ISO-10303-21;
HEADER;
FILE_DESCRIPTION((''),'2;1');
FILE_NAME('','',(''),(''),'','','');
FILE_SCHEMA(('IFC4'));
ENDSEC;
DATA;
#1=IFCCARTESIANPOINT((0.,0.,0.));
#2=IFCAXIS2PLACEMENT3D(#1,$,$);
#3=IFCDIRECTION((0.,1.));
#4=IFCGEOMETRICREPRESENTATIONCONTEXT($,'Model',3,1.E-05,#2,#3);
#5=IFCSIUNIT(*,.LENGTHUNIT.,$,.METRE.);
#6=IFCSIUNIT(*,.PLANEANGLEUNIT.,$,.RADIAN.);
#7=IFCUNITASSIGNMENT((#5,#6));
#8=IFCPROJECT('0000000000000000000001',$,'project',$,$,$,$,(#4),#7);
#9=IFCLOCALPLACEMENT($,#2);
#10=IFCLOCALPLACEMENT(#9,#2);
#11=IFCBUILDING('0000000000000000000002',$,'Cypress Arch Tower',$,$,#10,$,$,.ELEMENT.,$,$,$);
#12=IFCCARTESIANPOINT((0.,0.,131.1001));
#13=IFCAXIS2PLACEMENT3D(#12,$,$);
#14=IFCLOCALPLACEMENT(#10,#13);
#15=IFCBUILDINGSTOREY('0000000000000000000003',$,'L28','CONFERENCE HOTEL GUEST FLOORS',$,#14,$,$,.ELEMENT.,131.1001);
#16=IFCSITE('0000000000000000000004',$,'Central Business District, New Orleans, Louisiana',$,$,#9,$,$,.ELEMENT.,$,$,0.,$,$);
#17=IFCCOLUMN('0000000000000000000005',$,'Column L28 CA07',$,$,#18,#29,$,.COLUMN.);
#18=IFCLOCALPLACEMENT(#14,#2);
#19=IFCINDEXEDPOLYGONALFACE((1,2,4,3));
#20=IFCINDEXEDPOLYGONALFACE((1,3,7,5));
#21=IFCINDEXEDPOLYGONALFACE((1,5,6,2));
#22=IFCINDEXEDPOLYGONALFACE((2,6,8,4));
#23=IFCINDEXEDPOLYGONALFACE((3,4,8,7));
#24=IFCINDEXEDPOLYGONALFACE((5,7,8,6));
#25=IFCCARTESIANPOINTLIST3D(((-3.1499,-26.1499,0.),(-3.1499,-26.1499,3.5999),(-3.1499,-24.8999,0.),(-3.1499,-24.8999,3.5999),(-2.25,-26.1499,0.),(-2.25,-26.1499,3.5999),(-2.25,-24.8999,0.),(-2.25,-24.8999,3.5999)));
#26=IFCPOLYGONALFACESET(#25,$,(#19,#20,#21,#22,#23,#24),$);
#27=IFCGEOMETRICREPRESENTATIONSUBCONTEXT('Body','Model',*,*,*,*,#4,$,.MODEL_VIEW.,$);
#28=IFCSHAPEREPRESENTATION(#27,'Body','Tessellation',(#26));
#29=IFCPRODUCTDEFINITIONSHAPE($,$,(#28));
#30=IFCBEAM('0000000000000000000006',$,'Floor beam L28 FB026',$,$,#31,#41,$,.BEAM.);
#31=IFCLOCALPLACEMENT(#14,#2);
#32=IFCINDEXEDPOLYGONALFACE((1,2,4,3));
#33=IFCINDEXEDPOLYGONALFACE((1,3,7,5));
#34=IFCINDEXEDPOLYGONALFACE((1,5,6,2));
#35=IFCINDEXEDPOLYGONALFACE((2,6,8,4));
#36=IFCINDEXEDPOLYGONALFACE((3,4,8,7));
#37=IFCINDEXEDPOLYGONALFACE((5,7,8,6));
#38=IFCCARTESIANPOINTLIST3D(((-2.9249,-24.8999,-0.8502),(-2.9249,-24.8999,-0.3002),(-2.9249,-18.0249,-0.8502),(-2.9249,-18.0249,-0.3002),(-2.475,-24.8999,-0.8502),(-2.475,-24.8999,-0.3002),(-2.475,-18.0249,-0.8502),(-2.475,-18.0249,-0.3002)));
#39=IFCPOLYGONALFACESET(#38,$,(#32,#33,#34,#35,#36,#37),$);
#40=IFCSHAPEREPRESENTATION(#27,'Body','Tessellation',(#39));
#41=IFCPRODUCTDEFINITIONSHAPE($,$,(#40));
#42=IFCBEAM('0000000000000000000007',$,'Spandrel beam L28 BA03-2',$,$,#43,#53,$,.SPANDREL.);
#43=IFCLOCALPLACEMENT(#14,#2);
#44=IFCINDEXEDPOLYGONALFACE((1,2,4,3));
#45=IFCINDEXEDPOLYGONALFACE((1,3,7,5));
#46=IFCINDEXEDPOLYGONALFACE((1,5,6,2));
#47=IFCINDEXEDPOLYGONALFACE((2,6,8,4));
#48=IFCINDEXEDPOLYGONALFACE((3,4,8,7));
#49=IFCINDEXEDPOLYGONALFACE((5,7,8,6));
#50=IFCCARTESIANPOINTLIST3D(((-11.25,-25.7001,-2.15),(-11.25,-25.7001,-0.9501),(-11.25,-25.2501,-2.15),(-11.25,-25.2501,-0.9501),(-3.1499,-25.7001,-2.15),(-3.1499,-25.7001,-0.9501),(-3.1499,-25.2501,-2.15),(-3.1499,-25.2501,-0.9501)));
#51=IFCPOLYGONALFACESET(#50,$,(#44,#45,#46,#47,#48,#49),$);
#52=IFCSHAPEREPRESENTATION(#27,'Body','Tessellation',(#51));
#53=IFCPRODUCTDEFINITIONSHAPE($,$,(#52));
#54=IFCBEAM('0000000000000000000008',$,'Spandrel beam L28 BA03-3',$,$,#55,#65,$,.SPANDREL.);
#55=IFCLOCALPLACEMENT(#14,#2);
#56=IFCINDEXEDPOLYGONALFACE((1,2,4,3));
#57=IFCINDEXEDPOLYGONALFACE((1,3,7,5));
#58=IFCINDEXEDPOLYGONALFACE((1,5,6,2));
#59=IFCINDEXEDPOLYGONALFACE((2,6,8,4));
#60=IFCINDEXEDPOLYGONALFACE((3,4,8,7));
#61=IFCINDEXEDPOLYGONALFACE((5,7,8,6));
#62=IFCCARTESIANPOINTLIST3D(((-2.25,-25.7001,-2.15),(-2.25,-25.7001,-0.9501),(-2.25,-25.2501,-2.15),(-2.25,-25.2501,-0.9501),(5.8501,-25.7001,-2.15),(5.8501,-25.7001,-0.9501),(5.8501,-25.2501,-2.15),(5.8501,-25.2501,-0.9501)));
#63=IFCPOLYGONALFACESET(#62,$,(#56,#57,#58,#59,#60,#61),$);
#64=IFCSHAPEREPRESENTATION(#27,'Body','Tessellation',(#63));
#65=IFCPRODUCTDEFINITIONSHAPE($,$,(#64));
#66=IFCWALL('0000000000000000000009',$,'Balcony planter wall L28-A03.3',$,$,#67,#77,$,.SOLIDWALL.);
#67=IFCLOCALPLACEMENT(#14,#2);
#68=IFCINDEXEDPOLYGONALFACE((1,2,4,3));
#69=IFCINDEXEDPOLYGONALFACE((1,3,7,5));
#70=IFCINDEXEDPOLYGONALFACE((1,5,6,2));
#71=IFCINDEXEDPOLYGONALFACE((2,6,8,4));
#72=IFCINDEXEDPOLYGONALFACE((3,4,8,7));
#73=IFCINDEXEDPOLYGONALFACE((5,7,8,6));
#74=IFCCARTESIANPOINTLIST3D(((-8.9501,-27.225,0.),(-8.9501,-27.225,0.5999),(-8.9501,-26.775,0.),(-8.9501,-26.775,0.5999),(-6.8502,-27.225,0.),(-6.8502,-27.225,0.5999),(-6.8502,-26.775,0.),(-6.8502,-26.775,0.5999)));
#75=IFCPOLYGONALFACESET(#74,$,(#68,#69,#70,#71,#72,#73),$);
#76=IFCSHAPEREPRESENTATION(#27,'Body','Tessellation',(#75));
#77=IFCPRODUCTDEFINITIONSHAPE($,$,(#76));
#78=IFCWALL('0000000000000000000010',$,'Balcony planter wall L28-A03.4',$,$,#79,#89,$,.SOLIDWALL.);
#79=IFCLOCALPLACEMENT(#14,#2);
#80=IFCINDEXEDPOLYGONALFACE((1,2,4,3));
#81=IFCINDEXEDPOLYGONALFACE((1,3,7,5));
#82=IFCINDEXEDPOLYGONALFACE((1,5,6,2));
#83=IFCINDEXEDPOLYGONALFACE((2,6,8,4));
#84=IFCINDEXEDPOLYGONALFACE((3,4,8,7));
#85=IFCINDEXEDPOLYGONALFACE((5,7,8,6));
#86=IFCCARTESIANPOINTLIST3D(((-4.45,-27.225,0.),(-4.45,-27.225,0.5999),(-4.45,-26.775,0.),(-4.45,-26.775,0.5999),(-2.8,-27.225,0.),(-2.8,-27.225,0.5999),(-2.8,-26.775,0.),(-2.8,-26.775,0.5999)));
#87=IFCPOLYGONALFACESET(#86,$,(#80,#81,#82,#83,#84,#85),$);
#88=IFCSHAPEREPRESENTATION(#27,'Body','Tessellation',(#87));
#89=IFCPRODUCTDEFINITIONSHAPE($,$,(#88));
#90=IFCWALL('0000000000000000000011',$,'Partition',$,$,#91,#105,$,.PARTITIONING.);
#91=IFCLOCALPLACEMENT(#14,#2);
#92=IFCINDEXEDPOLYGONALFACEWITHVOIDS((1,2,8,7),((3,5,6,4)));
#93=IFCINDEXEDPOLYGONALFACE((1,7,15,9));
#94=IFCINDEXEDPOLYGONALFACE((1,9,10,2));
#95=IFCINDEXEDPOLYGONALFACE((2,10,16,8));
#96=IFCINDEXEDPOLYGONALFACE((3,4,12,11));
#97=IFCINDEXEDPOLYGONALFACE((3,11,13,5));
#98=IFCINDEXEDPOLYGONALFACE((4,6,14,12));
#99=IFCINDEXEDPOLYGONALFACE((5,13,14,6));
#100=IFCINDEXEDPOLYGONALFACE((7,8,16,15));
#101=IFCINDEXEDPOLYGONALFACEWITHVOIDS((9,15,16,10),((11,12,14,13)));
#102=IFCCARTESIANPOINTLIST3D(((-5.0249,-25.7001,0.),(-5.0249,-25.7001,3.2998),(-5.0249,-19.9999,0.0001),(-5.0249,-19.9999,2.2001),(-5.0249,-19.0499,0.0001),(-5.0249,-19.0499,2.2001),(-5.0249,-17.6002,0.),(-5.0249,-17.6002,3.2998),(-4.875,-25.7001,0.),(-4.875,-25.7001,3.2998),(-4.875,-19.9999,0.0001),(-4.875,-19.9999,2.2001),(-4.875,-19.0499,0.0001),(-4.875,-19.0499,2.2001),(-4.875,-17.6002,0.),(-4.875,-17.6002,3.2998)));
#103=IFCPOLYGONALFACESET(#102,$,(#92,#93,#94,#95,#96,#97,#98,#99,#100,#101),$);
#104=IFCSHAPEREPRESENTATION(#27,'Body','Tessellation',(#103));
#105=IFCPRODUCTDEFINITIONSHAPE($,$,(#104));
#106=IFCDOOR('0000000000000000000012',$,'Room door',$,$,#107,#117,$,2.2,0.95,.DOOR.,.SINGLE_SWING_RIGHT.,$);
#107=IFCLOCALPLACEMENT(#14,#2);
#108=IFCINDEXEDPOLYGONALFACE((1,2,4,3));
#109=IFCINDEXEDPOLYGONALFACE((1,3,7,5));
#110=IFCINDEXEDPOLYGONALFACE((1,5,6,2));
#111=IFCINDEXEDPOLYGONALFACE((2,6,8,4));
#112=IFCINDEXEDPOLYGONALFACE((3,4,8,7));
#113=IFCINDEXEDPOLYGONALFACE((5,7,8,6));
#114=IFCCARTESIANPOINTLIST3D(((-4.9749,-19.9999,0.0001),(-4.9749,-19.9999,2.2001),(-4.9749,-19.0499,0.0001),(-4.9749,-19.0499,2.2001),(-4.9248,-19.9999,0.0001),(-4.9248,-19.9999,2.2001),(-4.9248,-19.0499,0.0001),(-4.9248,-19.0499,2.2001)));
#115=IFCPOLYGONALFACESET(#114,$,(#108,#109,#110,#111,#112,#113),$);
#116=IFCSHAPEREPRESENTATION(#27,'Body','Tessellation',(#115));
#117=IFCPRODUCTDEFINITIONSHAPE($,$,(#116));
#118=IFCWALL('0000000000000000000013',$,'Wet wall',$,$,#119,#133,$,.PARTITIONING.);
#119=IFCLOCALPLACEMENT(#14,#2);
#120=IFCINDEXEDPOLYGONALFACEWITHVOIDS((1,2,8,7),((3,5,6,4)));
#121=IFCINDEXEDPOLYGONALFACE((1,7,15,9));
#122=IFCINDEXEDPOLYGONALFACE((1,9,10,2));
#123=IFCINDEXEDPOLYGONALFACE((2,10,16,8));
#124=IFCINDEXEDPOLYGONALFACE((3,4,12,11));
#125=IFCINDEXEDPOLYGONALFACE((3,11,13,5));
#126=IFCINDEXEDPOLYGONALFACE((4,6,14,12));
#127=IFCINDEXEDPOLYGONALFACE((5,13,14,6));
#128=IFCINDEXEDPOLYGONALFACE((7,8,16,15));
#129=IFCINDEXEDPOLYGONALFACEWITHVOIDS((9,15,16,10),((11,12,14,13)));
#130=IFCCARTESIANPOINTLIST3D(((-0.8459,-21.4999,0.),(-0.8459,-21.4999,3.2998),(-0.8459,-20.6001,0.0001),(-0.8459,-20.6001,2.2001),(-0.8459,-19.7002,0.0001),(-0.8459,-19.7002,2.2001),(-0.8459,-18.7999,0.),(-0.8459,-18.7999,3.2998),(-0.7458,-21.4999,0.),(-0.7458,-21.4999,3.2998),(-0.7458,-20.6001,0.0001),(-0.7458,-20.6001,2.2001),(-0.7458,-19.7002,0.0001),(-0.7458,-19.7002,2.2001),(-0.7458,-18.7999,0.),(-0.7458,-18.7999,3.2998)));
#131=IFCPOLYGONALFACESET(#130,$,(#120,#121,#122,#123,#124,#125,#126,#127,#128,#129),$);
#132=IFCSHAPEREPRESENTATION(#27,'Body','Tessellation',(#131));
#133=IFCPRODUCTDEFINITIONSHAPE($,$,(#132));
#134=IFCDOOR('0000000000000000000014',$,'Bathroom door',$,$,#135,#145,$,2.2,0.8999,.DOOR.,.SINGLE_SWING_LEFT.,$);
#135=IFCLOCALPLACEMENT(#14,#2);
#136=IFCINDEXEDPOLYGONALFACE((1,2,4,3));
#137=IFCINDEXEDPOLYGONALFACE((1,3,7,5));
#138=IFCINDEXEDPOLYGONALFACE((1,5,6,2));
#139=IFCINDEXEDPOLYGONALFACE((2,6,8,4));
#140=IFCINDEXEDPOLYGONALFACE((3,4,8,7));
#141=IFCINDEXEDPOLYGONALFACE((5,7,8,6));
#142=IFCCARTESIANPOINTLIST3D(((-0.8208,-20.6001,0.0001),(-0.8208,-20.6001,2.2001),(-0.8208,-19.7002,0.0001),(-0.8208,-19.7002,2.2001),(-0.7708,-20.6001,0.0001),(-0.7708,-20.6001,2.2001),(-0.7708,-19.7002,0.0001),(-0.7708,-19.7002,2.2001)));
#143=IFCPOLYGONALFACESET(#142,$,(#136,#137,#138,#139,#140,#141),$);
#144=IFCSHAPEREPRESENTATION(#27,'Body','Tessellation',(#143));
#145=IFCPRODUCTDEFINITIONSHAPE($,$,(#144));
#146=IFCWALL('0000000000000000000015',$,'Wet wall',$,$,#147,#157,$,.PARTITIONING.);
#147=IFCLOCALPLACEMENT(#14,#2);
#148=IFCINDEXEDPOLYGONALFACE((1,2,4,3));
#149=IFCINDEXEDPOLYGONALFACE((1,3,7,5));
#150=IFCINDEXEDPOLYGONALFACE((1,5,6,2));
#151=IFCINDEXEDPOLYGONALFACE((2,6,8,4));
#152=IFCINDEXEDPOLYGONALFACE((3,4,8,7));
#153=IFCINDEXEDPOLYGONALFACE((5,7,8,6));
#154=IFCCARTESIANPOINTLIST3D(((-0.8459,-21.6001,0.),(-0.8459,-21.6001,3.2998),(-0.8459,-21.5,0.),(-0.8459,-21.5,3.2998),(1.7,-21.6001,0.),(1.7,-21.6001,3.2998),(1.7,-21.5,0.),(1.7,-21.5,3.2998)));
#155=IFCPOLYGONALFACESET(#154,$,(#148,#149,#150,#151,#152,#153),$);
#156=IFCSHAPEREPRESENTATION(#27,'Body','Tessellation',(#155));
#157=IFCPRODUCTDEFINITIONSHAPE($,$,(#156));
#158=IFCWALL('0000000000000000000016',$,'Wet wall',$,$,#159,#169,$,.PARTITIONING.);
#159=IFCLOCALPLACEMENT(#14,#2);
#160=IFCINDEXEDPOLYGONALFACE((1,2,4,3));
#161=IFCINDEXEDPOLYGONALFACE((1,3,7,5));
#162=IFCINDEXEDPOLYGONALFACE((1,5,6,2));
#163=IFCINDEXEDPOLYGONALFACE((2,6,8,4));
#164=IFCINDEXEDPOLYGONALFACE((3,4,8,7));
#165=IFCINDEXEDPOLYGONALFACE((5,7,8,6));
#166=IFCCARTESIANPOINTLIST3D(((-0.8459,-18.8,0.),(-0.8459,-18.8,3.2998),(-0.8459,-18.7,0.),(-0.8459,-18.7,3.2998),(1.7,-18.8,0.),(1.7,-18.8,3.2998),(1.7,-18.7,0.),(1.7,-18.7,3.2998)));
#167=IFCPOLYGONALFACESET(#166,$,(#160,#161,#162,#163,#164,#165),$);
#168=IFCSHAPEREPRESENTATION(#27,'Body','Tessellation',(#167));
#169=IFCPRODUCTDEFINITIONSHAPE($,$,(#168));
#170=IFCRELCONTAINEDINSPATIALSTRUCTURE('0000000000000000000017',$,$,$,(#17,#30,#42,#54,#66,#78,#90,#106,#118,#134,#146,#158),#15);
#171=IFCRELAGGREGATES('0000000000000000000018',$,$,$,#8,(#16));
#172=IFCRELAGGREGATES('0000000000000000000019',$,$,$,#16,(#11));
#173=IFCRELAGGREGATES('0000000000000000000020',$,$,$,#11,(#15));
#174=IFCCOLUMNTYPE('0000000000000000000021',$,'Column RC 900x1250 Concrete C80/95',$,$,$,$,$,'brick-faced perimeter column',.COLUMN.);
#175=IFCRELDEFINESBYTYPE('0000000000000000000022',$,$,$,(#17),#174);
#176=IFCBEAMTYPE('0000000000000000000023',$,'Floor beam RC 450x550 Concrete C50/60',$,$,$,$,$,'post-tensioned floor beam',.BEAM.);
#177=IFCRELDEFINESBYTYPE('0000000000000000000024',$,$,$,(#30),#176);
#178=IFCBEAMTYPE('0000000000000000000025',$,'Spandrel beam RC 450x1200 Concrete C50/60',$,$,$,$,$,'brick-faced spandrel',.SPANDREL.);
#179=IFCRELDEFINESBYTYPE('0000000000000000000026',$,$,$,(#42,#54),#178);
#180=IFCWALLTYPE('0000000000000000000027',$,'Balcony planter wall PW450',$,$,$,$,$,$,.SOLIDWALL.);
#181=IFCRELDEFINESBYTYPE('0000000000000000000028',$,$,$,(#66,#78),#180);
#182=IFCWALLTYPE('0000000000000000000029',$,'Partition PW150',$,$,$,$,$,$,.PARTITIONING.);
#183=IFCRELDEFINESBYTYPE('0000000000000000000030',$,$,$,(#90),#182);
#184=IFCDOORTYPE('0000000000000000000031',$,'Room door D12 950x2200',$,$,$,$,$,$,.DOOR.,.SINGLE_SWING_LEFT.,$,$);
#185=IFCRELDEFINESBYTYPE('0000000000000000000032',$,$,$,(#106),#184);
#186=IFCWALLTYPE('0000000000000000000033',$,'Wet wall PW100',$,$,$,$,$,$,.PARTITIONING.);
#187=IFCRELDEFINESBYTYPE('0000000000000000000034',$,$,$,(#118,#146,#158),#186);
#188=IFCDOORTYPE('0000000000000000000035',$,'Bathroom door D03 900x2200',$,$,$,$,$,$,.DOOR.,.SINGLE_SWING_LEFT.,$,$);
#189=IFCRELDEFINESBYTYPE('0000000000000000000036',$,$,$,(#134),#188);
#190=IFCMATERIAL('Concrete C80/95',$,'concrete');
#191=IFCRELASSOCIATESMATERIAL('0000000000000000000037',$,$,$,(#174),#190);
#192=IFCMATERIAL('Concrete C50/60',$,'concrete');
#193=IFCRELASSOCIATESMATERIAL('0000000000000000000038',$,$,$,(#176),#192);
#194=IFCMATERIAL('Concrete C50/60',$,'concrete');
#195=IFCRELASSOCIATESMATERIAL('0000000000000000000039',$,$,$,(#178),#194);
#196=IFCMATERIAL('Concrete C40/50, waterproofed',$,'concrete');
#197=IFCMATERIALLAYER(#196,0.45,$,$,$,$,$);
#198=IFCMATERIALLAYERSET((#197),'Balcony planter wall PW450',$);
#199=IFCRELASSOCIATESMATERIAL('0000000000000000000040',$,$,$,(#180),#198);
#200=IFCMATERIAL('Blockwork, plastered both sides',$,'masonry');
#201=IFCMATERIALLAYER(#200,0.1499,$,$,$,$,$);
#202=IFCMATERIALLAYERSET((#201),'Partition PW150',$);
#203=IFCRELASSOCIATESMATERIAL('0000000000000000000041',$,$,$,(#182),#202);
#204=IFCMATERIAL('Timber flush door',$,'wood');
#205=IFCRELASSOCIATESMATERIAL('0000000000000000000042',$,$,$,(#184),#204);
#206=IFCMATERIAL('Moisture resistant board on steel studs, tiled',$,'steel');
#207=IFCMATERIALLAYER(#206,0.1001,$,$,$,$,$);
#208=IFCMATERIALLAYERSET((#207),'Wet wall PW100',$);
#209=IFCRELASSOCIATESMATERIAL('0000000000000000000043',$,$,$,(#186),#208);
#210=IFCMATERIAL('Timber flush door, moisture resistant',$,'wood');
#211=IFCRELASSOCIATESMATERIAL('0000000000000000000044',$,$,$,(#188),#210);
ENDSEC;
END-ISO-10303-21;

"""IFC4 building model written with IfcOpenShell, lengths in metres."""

from ifc_helpers import new_model, si_unit, direction, frame, frame_2d, origin, origin_2d, place, context, subcontext, project, spatial, rectangle, extrude, material, layer, layer_set, material_profile, profile_set, type_object, element, fill, save


model = new_model("IFC4")

# Units and contexts
model_context = context("Model", 3, precision=1e-05, world=origin(), true_north=direction((0.0, 1.0)))
body_context = subcontext(model_context, "Body", "Model", "MODEL_VIEW")
ifc_project = project(units=[si_unit("LENGTHUNIT", "METRE"), si_unit("PLANEANGLEUNIT", "RADIAN")], contexts=[model_context])

# Site, building, storey
site_placement = place(None, origin())
site = spatial("IfcSite", under=ifc_project, at=site_placement, Name="Central Business District, New Orleans, Louisiana", CompositionType="ELEMENT", RefElevation=0.0)
building_placement = place(site_placement, origin())
building = spatial("IfcBuilding", under=site, at=building_placement, Name="Cypress Arch Tower", CompositionType="ELEMENT")
storey_placement = place(building_placement, frame((0.0, 0.0, 131.1001)))
storey = spatial("IfcBuildingStorey", under=building, at=storey_placement, Name="L28", Description="CONFERENCE HOTEL GUEST FLOORS", CompositionType="ELEMENT", Elevation=131.1001)

# Column
ifc_material_1 = material(Name="Concrete C80/95", Category="concrete")
ifc_material_profile_1 = material_profile(ifc_material_1, rectangle(XDim=0.8999, YDim=1.25, at=origin_2d()), Name="RC 900x1250")
ifc_profile_set_1 = profile_set([ifc_material_profile_1], Name="Concrete C80/95")
column_type = type_object("IfcColumnType", Name="Column RC 900x1250 Concrete C80/95", ElementType="brick-faced perimeter column", PredefinedType="COLUMN", material=ifc_profile_set_1)
column_placement = place(storey_placement, frame((-2.7, -25.5249, 0.0), z_axis=(0.0, 0.0, 1.0), x_axis=(1.0, 0.0, 0.0)))
element("IfcColumn", 1, at=column_placement, inside=storey, type_object=column_type, Name="Column L28 CA07", PredefinedType="COLUMN", context=body_context, shape_type="SweptSolid", body=[
    extrude(rectangle(XDim=0.8999, YDim=1.25, at=origin_2d()), origin(), (0.0, 0.0, 1.0), 3.5999),
])

# Beams
ifc_material_2 = material(Name="Concrete C50/60", Category="concrete")
ifc_material_profile_2 = material_profile(ifc_material_2, rectangle(XDim=0.45, YDim=0.55, at=origin_2d()), Name="RC 450x550")
ifc_profile_set_2 = profile_set([ifc_material_profile_2], Name="Concrete C50/60")
beam_type_1 = type_object("IfcBeamType", Name="Floor beam RC 450x550 Concrete C50/60", ElementType="post-tensioned floor beam", PredefinedType="BEAM", material=ifc_profile_set_2)
beam_placement = place(storey_placement, frame((-2.7, -24.8999, -0.5752), z_axis=(0.0, 1.0, 0.0), x_axis=(-1.0, 0.0, 0.0)))
element("IfcBeam", 2, at=beam_placement, inside=storey, type_object=beam_type_1, Name="Floor beam L28 FB026", PredefinedType="BEAM", context=body_context, shape_type="SweptSolid", body=[
    extrude(rectangle(XDim=0.45, YDim=0.55, at=origin_2d()), origin(), (0.0, 0.0, 1.0), 6.875),
])
ifc_material_3 = material(Name="Concrete C50/60", Category="concrete")
ifc_material_profile_3 = material_profile(ifc_material_3, rectangle(XDim=0.45, YDim=1.2, at=origin_2d()), Name="RC 450x1200")
ifc_profile_set_3 = profile_set([ifc_material_profile_3], Name="Concrete C50/60")
beam_type_2 = type_object("IfcBeamType", Name="Spandrel beam RC 450x1200 Concrete C50/60", ElementType="brick-faced spandrel", PredefinedType="SPANDREL", material=ifc_profile_set_3)
for number, where, z_axis, x_axis, name in (
    (3, (-11.25, -25.4751, -1.55), (1.0, 0.0, 0.0), (0.0, 1.0, 0.0), "Spandrel beam L28 BA03-2"),
    (4, (-2.25, -25.4751, -1.55), (1.0, 0.0, 0.0), (0.0, 1.0, 0.0), "Spandrel beam L28 BA03-3"),
):
    element("IfcBeam", number, at=place(storey_placement, frame(where, z_axis=z_axis, x_axis=x_axis)), inside=storey, type_object=beam_type_2, Name=name, PredefinedType="SPANDREL", context=body_context, shape_type="SweptSolid", body=[
        extrude(rectangle(XDim=0.45, YDim=1.2, at=origin_2d()), origin(), (0.0, 0.0, 1.0), 8.1001),
    ])

# Walls
ifc_material_4 = material(Name="Concrete C40/50, waterproofed", Category="concrete")
ifc_layer_1 = layer(ifc_material_4, 0.45)
ifc_layer_set_1 = layer_set([ifc_layer_1], Name="Balcony planter wall PW450")
wall_type_1 = type_object("IfcWallType", Name="Balcony planter wall PW450", PredefinedType="SOLIDWALL", material=ifc_layer_set_1)
wall_1_placement = place(storey_placement, frame((-8.95, -27.0, 0.0), z_axis=(0.0, 0.0, 1.0), x_axis=(1.0, 0.0, 0.0)))
element("IfcWall", 5, at=wall_1_placement, inside=storey, type_object=wall_type_1, Name="Balcony planter wall L28-A03.3", PredefinedType="SOLIDWALL", context=body_context, shape_type="SweptSolid", body=[
    extrude(rectangle(XDim=2.0999, YDim=0.45, at=frame_2d((1.0498, 0.0))), origin(), (0.0, 0.0, 1.0), 0.5999),
])
wall_2_placement = place(storey_placement, frame((-4.45, -27.0, 0.0), z_axis=(0.0, 0.0, 1.0), x_axis=(1.0, 0.0, 0.0)))
element("IfcWall", 6, at=wall_2_placement, inside=storey, type_object=wall_type_1, Name="Balcony planter wall L28-A03.4", PredefinedType="SOLIDWALL", context=body_context, shape_type="SweptSolid", body=[
    extrude(rectangle(XDim=1.6499, YDim=0.45, at=frame_2d((0.825, 0.0))), origin(), (0.0, 0.0, 1.0), 0.5999),
])

# Walls, openings, doors
ifc_material_5 = material(Name="Blockwork, plastered both sides", Category="masonry")
ifc_layer_2 = layer(ifc_material_5, 0.1499)
ifc_layer_set_2 = layer_set([ifc_layer_2], Name="Partition PW150")
wall_type_2 = type_object("IfcWallType", Name="Partition PW150", PredefinedType="PARTITIONING", material=ifc_layer_set_2)
wall_3_placement = place(storey_placement, frame((-4.95, -25.7, 0.0), z_axis=(0.0, 0.0, 1.0), x_axis=(0.0, 1.0, 0.0)))
wall_3 = element("IfcWall", 7, at=wall_3_placement, inside=storey, type_object=wall_type_2, Name="Partition", PredefinedType="PARTITIONING", context=body_context, shape_type="SweptSolid", body=[
    extrude(rectangle(XDim=8.0999, YDim=0.1499, at=frame_2d((4.0498, 0.0))), origin(), (0.0, 0.0, 1.0), 3.2998),
])
opening_1_placement = place(wall_3_placement, frame((5.7, 0.0, 0.0)))
opening_1 = element("IfcOpeningElement", 8, at=opening_1_placement, cuts=wall_3, PredefinedType="OPENING", context=body_context, shape_type="SweptSolid", body=[
    extrude(rectangle(XDim=0.95, YDim=2.2, at=frame_2d((0.4751, 1.1001))), frame((0.0, 0.085, 0.0), z_axis=(0.0, -1.0, 0.0), x_axis=(1.0, 0.0, 0.0)), (0.0, 0.0, 1.0), 0.1699),
])
ifc_material_6 = material(Name="Timber flush door", Category="wood")
door_type_1 = type_object("IfcDoorType", Name="Room door D12 950x2200", OperationType="SINGLE_SWING_LEFT", PredefinedType="DOOR", material=ifc_material_6)
door_1_placement = place(opening_1_placement, origin())
door_1 = element("IfcDoor", 9, at=door_1_placement, inside=storey, type_object=door_type_1, Name="Room door", OperationType="SINGLE_SWING_RIGHT", OverallHeight=2.2, OverallWidth=0.95, PredefinedType="DOOR", context=body_context, shape_type="SweptSolid", body=[
    extrude(rectangle(XDim=0.95, YDim=2.2, at=frame_2d((0.4751, 1.1001))), frame((0.0, 0.0249, 0.0), z_axis=(0.0, -1.0, 0.0), x_axis=(1.0, 0.0, 0.0)), (0.0, 0.0, 1.0), 0.05),
])
fill(opening_1, door_1)
ifc_material_7 = material(Name="Moisture resistant board on steel studs, tiled", Category="steel")
ifc_layer_3 = layer(ifc_material_7, 0.1001)
ifc_layer_set_3 = layer_set([ifc_layer_3], Name="Wet wall PW100")
wall_type_3 = type_object("IfcWallType", Name="Wet wall PW100", PredefinedType="PARTITIONING", material=ifc_layer_set_3)
wall_4_placement = place(storey_placement, frame((-0.7959, -21.5, 0.0), z_axis=(0.0, 0.0, 1.0), x_axis=(0.0, 1.0, 0.0)))
wall_4 = element("IfcWall", 10, at=wall_4_placement, inside=storey, type_object=wall_type_3, Name="Wet wall", PredefinedType="PARTITIONING", context=body_context, shape_type="SweptSolid", body=[
    extrude(rectangle(XDim=2.7, YDim=0.1001, at=frame_2d((1.3501, 0.0))), origin(), (0.0, 0.0, 1.0), 3.2998),
])
opening_2_placement = place(wall_4_placement, frame((0.8999, 0.0, 0.0)))
opening_2 = element("IfcOpeningElement", 11, at=opening_2_placement, cuts=wall_4, PredefinedType="OPENING", context=body_context, shape_type="SweptSolid", body=[
    extrude(rectangle(XDim=0.8999, YDim=2.2, at=frame_2d((0.45, 1.1001))), frame((0.0, 0.0601, 0.0), z_axis=(0.0, -1.0, 0.0), x_axis=(1.0, 0.0, 0.0)), (0.0, 0.0, 1.0), 0.1201),
])
ifc_material_8 = material(Name="Timber flush door, moisture resistant", Category="wood")
door_type_2 = type_object("IfcDoorType", Name="Bathroom door D03 900x2200", OperationType="SINGLE_SWING_LEFT", PredefinedType="DOOR", material=ifc_material_8)
door_2_placement = place(opening_2_placement, origin())
door_2 = element("IfcDoor", 12, at=door_2_placement, inside=storey, type_object=door_type_2, Name="Bathroom door", OperationType="SINGLE_SWING_LEFT", OverallHeight=2.2, OverallWidth=0.8999, PredefinedType="DOOR", context=body_context, shape_type="SweptSolid", body=[
    extrude(rectangle(XDim=0.8999, YDim=2.2, at=frame_2d((0.45, 1.1001))), frame((0.0, 0.0249, 0.0), z_axis=(0.0, -1.0, 0.0), x_axis=(1.0, 0.0, 0.0)), (0.0, 0.0, 1.0), 0.05),
])
fill(opening_2, door_2)

# Walls
for number, where, z_axis, x_axis, name in (
    (13, (-0.8459, -21.55, 0.0), (0.0, 0.0, 1.0), (1.0, 0.0, 0.0), "Wet wall"),
    (14, (-0.8459, -18.75, 0.0), (0.0, 0.0, 1.0), (1.0, 0.0, 0.0), "Wet wall"),
):
    element("IfcWall", number, at=place(storey_placement, frame(where, z_axis=z_axis, x_axis=x_axis)), inside=storey, type_object=wall_type_3, Name=name, PredefinedType="PARTITIONING", context=body_context, shape_type="SweptSolid", body=[
        extrude(rectangle(XDim=2.5459, YDim=0.1001, at=frame_2d((1.2729, 0.0))), origin(), (0.0, 0.0, 1.0), 3.2998),
    ])

save(model, "model.ifc")
